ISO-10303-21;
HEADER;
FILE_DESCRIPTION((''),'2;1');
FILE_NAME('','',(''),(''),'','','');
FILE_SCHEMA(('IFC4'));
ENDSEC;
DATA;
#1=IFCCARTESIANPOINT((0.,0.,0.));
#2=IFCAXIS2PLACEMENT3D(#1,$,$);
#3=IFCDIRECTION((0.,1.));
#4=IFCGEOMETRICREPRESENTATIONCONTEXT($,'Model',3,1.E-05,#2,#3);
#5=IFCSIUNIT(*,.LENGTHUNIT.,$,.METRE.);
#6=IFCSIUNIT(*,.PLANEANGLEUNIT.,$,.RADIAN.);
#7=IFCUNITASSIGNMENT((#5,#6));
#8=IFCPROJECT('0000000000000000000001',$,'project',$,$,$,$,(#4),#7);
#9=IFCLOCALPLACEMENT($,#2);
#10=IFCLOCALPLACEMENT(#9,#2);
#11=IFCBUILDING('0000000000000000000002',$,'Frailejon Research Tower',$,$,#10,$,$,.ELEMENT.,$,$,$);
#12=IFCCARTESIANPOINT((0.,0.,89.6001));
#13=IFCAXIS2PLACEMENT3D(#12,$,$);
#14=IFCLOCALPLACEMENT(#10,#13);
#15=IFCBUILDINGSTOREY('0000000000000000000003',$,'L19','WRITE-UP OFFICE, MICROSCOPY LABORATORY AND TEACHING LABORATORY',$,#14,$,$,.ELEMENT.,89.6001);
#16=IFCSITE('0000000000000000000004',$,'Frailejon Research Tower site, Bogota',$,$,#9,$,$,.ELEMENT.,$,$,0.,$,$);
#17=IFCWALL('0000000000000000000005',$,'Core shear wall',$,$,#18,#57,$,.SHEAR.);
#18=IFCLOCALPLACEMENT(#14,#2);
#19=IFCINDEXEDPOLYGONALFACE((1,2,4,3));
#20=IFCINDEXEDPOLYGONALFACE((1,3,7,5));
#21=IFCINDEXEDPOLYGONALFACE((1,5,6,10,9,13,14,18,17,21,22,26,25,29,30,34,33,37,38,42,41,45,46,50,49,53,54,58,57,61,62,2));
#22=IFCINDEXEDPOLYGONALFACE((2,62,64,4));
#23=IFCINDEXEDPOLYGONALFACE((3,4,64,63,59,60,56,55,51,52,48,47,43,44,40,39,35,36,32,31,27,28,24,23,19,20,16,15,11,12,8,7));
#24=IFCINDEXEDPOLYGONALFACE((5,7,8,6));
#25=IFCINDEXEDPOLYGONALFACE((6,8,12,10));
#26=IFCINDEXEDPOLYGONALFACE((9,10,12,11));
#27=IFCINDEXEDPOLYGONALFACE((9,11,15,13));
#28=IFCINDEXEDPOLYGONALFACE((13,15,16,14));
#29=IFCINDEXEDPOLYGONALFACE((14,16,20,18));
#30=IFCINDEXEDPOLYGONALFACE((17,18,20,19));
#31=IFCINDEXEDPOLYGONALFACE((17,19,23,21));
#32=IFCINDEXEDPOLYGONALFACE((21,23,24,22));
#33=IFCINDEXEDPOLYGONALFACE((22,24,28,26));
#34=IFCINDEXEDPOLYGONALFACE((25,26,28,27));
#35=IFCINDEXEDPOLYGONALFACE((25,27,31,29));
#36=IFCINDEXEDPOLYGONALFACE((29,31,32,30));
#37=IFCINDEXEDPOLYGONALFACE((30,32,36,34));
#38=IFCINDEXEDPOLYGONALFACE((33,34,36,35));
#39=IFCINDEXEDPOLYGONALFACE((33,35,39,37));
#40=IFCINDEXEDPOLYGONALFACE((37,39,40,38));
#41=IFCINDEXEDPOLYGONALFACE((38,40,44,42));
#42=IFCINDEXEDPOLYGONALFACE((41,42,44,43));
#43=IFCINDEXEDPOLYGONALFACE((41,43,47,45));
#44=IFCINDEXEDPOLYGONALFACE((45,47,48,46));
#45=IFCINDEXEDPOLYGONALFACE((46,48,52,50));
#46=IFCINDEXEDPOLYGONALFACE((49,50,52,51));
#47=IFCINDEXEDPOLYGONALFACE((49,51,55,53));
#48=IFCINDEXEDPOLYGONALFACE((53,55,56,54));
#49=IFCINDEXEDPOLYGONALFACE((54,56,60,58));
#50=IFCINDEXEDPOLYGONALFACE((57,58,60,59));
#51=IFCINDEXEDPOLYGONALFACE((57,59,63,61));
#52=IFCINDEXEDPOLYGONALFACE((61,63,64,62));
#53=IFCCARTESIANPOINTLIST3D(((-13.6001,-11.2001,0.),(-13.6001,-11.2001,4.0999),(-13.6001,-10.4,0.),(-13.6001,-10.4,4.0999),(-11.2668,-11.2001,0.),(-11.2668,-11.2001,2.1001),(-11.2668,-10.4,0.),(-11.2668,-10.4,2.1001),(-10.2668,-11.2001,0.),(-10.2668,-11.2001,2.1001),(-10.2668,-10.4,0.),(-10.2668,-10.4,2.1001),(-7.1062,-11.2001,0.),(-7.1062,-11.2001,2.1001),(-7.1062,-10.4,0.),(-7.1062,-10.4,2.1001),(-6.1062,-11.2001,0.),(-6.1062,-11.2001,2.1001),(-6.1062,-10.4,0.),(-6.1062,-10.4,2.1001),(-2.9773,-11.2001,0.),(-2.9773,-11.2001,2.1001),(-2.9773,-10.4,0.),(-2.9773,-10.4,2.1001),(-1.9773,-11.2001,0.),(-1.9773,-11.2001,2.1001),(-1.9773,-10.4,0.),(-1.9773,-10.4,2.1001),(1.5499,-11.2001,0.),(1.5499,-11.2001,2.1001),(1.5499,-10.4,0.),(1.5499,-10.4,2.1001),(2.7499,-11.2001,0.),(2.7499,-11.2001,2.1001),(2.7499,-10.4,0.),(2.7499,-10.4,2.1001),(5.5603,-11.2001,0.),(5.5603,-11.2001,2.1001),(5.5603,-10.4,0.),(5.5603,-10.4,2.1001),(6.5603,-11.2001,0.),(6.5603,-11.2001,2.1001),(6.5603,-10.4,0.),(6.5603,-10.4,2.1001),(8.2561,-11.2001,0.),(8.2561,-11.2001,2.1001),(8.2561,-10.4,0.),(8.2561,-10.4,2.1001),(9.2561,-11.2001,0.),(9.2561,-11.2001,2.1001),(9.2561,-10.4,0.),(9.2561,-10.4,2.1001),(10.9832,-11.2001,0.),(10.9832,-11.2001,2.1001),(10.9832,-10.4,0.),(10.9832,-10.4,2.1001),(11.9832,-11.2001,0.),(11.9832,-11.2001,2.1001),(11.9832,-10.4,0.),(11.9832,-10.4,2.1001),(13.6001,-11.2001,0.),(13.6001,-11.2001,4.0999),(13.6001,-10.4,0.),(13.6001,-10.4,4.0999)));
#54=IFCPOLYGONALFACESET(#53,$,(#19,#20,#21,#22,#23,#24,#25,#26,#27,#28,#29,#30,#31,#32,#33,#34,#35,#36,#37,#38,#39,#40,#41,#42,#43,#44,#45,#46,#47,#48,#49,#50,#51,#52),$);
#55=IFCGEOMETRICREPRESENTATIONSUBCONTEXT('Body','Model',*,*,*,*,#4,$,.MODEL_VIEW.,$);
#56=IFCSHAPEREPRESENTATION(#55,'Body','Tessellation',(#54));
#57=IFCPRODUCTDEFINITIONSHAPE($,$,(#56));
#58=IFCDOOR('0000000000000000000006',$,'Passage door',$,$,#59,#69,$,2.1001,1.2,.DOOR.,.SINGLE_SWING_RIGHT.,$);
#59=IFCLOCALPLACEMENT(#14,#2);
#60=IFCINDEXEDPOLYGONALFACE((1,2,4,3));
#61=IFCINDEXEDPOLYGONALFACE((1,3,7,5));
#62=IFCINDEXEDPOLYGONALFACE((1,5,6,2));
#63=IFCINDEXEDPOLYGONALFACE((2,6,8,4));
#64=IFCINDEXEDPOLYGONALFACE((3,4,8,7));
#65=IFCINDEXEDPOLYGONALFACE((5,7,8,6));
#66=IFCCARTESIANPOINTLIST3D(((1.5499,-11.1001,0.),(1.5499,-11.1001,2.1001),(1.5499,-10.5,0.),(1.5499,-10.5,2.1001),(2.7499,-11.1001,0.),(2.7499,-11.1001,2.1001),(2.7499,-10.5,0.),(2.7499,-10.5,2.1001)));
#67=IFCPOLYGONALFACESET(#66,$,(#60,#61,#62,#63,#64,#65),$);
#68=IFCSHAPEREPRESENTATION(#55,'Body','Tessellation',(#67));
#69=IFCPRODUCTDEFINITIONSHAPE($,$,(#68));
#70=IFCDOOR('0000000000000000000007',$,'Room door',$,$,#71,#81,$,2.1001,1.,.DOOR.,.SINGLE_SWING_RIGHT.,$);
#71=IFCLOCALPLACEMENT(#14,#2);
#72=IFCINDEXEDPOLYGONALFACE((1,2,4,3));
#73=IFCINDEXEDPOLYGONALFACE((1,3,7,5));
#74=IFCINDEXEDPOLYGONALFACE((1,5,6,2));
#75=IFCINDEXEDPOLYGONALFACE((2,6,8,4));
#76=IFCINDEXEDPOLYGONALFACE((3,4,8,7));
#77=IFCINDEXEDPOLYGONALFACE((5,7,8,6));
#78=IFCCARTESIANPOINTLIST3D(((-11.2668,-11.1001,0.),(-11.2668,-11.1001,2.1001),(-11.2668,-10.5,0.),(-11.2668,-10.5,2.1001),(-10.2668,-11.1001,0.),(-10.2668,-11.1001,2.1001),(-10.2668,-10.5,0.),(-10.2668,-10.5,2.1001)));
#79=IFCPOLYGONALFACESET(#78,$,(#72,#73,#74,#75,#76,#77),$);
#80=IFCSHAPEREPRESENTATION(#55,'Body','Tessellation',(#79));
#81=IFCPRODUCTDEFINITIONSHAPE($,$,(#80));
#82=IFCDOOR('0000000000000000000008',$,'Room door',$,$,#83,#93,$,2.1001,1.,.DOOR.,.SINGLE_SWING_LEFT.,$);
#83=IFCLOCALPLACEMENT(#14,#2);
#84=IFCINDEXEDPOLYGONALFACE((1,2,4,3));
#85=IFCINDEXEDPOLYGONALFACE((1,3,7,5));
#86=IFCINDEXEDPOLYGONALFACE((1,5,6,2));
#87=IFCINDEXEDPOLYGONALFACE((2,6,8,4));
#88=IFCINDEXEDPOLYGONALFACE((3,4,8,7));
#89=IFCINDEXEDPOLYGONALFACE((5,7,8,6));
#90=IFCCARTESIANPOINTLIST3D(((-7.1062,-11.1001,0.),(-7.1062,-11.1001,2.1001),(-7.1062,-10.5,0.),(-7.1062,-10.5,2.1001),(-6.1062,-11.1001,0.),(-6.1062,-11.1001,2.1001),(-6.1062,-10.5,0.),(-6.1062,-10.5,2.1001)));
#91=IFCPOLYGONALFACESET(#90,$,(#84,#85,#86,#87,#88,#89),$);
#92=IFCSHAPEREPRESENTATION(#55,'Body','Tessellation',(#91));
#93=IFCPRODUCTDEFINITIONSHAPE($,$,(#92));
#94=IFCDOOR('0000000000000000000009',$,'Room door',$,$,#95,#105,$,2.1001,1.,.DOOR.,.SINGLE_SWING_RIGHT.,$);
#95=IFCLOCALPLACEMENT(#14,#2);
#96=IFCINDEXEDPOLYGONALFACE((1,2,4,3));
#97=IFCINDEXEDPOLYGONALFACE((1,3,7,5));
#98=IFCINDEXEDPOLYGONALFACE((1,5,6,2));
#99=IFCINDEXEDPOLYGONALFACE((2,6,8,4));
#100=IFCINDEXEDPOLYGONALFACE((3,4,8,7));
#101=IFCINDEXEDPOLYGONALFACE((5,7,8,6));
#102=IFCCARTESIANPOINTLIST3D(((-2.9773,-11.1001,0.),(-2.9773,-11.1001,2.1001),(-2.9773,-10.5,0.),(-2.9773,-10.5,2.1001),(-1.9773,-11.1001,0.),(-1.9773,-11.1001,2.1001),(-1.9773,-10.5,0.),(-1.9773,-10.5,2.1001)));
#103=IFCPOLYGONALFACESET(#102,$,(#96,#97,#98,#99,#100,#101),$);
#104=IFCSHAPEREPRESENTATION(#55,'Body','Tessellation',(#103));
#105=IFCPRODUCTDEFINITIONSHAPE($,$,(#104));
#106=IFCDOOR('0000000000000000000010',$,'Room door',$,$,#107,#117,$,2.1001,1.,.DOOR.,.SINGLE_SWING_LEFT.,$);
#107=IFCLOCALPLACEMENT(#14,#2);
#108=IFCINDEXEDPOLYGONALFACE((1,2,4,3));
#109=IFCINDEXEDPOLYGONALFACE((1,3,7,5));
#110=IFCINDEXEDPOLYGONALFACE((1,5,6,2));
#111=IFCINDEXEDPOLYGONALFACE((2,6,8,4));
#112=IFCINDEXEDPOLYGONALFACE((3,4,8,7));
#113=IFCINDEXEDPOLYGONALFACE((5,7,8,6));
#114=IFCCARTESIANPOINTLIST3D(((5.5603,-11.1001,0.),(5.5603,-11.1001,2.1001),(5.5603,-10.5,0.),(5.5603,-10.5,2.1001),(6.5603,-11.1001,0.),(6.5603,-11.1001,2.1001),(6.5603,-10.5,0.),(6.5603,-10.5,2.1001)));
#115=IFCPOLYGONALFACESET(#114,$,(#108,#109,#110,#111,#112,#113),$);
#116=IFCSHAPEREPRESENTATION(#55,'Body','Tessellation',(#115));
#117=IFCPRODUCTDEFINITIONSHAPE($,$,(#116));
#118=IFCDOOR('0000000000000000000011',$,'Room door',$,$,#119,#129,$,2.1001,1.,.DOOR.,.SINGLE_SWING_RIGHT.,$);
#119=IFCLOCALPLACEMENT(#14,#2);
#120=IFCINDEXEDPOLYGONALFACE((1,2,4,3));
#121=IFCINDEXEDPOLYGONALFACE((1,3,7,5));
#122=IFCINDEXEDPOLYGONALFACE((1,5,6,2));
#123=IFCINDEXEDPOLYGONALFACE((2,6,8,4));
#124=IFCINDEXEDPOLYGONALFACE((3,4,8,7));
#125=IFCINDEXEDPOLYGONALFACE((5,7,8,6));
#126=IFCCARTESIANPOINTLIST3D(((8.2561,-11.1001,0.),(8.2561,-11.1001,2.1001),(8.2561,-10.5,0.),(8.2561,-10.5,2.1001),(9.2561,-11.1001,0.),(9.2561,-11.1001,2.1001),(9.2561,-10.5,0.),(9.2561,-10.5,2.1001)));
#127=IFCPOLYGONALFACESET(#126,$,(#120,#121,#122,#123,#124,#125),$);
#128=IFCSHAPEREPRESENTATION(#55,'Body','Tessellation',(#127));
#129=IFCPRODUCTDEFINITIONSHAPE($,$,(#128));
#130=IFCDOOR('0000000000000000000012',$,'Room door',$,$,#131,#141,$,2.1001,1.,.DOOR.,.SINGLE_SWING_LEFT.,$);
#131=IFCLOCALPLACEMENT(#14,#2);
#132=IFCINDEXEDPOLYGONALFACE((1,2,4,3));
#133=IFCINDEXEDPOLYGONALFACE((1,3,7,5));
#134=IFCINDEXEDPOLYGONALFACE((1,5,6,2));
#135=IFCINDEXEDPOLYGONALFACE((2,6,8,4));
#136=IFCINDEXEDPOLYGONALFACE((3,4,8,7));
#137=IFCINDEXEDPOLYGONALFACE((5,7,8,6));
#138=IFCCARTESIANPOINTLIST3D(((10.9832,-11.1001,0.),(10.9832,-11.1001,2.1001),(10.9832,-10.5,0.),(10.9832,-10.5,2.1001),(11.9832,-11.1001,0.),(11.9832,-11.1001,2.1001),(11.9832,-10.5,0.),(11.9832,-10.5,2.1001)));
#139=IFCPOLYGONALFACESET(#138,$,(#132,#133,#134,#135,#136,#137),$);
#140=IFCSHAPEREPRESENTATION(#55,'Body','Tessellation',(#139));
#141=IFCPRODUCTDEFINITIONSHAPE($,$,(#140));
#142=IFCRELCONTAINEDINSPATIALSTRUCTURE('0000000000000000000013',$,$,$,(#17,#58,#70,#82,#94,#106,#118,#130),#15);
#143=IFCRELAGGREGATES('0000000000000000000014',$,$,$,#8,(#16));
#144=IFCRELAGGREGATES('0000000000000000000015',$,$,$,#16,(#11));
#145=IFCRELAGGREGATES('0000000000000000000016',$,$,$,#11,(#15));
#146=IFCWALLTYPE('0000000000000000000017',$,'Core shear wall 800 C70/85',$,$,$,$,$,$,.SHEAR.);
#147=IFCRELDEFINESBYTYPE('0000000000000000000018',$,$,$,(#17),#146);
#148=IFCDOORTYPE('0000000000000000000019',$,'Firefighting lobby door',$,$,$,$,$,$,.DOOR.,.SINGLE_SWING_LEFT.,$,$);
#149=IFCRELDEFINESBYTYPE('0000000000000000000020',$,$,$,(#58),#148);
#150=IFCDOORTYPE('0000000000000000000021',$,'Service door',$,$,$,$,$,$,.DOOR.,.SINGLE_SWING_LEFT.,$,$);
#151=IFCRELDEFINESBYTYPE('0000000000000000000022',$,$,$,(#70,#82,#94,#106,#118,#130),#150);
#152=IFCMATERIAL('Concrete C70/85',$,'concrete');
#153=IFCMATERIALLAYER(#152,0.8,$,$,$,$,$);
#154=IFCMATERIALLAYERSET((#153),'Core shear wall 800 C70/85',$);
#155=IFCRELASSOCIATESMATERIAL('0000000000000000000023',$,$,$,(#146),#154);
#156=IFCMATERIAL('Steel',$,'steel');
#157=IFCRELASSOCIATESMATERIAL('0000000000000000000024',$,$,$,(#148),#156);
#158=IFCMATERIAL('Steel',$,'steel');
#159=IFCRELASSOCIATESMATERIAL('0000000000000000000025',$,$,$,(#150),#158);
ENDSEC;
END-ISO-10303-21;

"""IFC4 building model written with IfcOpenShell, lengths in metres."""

from ifc_helpers import new_model, si_unit, direction, frame, frame_2d, origin, place, context, subcontext, project, spatial, rectangle, extrude, material, layer, layer_set, type_object, element, fill, save


model = new_model("IFC4")

# Units and contexts
model_context = context("Model", 3, precision=1e-05, world=origin(), true_north=direction((0.0, 1.0)))
body_context = subcontext(model_context, "Body", "Model", "MODEL_VIEW")
ifc_project = project(units=[si_unit("LENGTHUNIT", "METRE"), si_unit("PLANEANGLEUNIT", "RADIAN")], contexts=[model_context])

# Site, building, storey
site_placement = place(None, origin())
site = spatial("IfcSite", under=ifc_project, at=site_placement, Name="Frailejon Research Tower site, Bogota", CompositionType="ELEMENT", RefElevation=0.0)
building_placement = place(site_placement, origin())
building = spatial("IfcBuilding", under=site, at=building_placement, Name="Frailejon Research Tower", CompositionType="ELEMENT")
storey_placement = place(building_placement, frame((0.0, 0.0, 89.6001)))
storey = spatial("IfcBuildingStorey", under=building, at=storey_placement, Name="L19", Description="WRITE-UP OFFICE, MICROSCOPY LABORATORY AND TEACHING LABORATORY", CompositionType="ELEMENT", Elevation=89.6001)

# Wall, openings, doors
ifc_material_1 = material(Name="Concrete C70/85", Category="concrete")
ifc_layer_1 = layer(ifc_material_1, 0.8)
ifc_layer_set_1 = layer_set([ifc_layer_1], Name="Core shear wall 800 C70/85")
wall_type_1 = type_object("IfcWallType", Name="Core shear wall 800 C70/85", PredefinedType="SHEAR", material=ifc_layer_set_1)
wall_1_placement = place(storey_placement, frame((-13.6001, -10.8, 0.0), z_axis=(0.0, 0.0, 1.0), x_axis=(1.0, 0.0, 0.0)))
wall_1 = element("IfcWall", 1, at=wall_1_placement, inside=storey, type_object=wall_type_1, Name="Core shear wall", PredefinedType="SHEAR", context=body_context, shape_type="SweptSolid", body=[
    extrude(rectangle(XDim=27.2002, YDim=0.8, at=frame_2d((13.6001, 0.0))), origin(), (0.0, 0.0, 1.0), 4.0999),
])
opening_1_placement = place(wall_1_placement, frame((2.3333, 0.0, 0.0)))
opening_1 = element("IfcOpeningElement", 2, at=opening_1_placement, cuts=wall_1, PredefinedType="OPENING", context=body_context, shape_type="SweptSolid", body=[
    extrude(rectangle(XDim=1.0, YDim=2.1001, at=frame_2d((0.5, 1.05))), frame((0.0, 0.4099, 0.0), z_axis=(0.0, -1.0, 0.0), x_axis=(1.0, 0.0, 0.0)), (0.0, 0.0, 1.0), 0.8201),
])
opening_2_placement = place(wall_1_placement, frame((6.4939, 0.0, 0.0)))
opening_2 = element("IfcOpeningElement", 3, at=opening_2_placement, cuts=wall_1, PredefinedType="OPENING", context=body_context, shape_type="SweptSolid", body=[
    extrude(rectangle(XDim=1.0, YDim=2.1001, at=frame_2d((0.5, 1.05))), frame((0.0, 0.4099, 0.0), z_axis=(0.0, -1.0, 0.0), x_axis=(1.0, 0.0, 0.0)), (0.0, 0.0, 1.0), 0.8201),
])
opening_3_placement = place(wall_1_placement, frame((10.6228, 0.0, 0.0)))
opening_3 = element("IfcOpeningElement", 4, at=opening_3_placement, cuts=wall_1, PredefinedType="OPENING", context=body_context, shape_type="SweptSolid", body=[
    extrude(rectangle(XDim=1.0, YDim=2.1001, at=frame_2d((0.5, 1.05))), frame((0.0, 0.4099, 0.0), z_axis=(0.0, -1.0, 0.0), x_axis=(1.0, 0.0, 0.0)), (0.0, 0.0, 1.0), 0.8201),
])
opening_4_placement = place(wall_1_placement, frame((19.1604, 0.0, 0.0)))
opening_4 = element("IfcOpeningElement", 5, at=opening_4_placement, cuts=wall_1, PredefinedType="OPENING", context=body_context, shape_type="SweptSolid", body=[
    extrude(rectangle(XDim=1.0, YDim=2.1001, at=frame_2d((0.5, 1.05))), frame((0.0, 0.4099, 0.0), z_axis=(0.0, -1.0, 0.0), x_axis=(1.0, 0.0, 0.0)), (0.0, 0.0, 1.0), 0.8201),
])
opening_5_placement = place(wall_1_placement, frame((21.8562, 0.0, 0.0)))
opening_5 = element("IfcOpeningElement", 6, at=opening_5_placement, cuts=wall_1, PredefinedType="OPENING", context=body_context, shape_type="SweptSolid", body=[
    extrude(rectangle(XDim=1.0, YDim=2.1001, at=frame_2d((0.5, 1.05))), frame((0.0, 0.4099, 0.0), z_axis=(0.0, -1.0, 0.0), x_axis=(1.0, 0.0, 0.0)), (0.0, 0.0, 1.0), 0.8201),
])
opening_6_placement = place(wall_1_placement, frame((24.5833, 0.0, 0.0)))
opening_6 = element("IfcOpeningElement", 7, at=opening_6_placement, cuts=wall_1, PredefinedType="OPENING", context=body_context, shape_type="SweptSolid", body=[
    extrude(rectangle(XDim=1.0, YDim=2.1001, at=frame_2d((0.5, 1.05))), frame((0.0, 0.4099, 0.0), z_axis=(0.0, -1.0, 0.0), x_axis=(1.0, 0.0, 0.0)), (0.0, 0.0, 1.0), 0.8201),
])
opening_7_placement = place(wall_1_placement, frame((15.1499, 0.0, 0.0)))
opening_7 = element("IfcOpeningElement", 8, at=opening_7_placement, cuts=wall_1, PredefinedType="OPENING", context=body_context, shape_type="SweptSolid", body=[
    extrude(rectangle(XDim=1.2, YDim=2.1001, at=frame_2d((0.6001, 1.05))), frame((0.0, 0.4099, 0.0), z_axis=(0.0, -1.0, 0.0), x_axis=(1.0, 0.0, 0.0)), (0.0, 0.0, 1.0), 0.8201),
])
ifc_material_2 = material(Name="Steel", Category="steel")
door_type_1 = type_object("IfcDoorType", Name="Firefighting lobby door", OperationType="SINGLE_SWING_LEFT", PredefinedType="DOOR", material=ifc_material_2)
door_1_placement = place(opening_7_placement, origin())
door_1 = element("IfcDoor", 9, at=door_1_placement, inside=storey, type_object=door_type_1, Name="Passage door", OperationType="SINGLE_SWING_RIGHT", OverallHeight=2.1001, OverallWidth=1.2, PredefinedType="DOOR", context=body_context, shape_type="SweptSolid", body=[
    extrude(rectangle(XDim=1.2, YDim=2.1001, at=frame_2d((0.6001, 1.05))), frame((0.0, 0.3, 0.0), z_axis=(0.0, -1.0, 0.0), x_axis=(1.0, 0.0, 0.0)), (0.0, 0.0, 1.0), 0.6001),
])
fill(opening_7, door_1)
ifc_material_3 = material(Name="Steel", Category="steel")
door_type_2 = type_object("IfcDoorType", Name="Service door", OperationType="SINGLE_SWING_LEFT", PredefinedType="DOOR", material=ifc_material_3)
door_2_placement = place(opening_1_placement, origin())
door_2 = element("IfcDoor", 10, at=door_2_placement, inside=storey, type_object=door_type_2, Name="Room door", OperationType="SINGLE_SWING_RIGHT", OverallHeight=2.1001, OverallWidth=1.0, PredefinedType="DOOR", context=body_context, shape_type="SweptSolid", body=[
    extrude(rectangle(XDim=1.0, YDim=2.1001, at=frame_2d((0.5, 1.05))), frame((0.0, 0.3, 0.0), z_axis=(0.0, -1.0, 0.0), x_axis=(1.0, 0.0, 0.0)), (0.0, 0.0, 1.0), 0.6001),
])
fill(opening_1, door_2)
door_3_placement = place(opening_2_placement, origin())
door_3 = element("IfcDoor", 11, at=door_3_placement, inside=storey, type_object=door_type_2, Name="Room door", OperationType="SINGLE_SWING_LEFT", OverallHeight=2.1001, OverallWidth=1.0, PredefinedType="DOOR", context=body_context, shape_type="SweptSolid", body=[
    extrude(rectangle(XDim=1.0, YDim=2.1001, at=frame_2d((0.5, 1.05))), frame((0.0, 0.3, 0.0), z_axis=(0.0, -1.0, 0.0), x_axis=(1.0, 0.0, 0.0)), (0.0, 0.0, 1.0), 0.6001),
])
fill(opening_2, door_3)
door_4_placement = place(opening_3_placement, origin())
door_4 = element("IfcDoor", 12, at=door_4_placement, inside=storey, type_object=door_type_2, Name="Room door", OperationType="SINGLE_SWING_RIGHT", OverallHeight=2.1001, OverallWidth=1.0, PredefinedType="DOOR", context=body_context, shape_type="SweptSolid", body=[
    extrude(rectangle(XDim=1.0, YDim=2.1001, at=frame_2d((0.5, 1.05))), frame((0.0, 0.3, 0.0), z_axis=(0.0, -1.0, 0.0), x_axis=(1.0, 0.0, 0.0)), (0.0, 0.0, 1.0), 0.6001),
])
fill(opening_3, door_4)
door_5_placement = place(opening_4_placement, origin())
door_5 = element("IfcDoor", 13, at=door_5_placement, inside=storey, type_object=door_type_2, Name="Room door", OperationType="SINGLE_SWING_LEFT", OverallHeight=2.1001, OverallWidth=1.0, PredefinedType="DOOR", context=body_context, shape_type="SweptSolid", body=[
    extrude(rectangle(XDim=1.0, YDim=2.1001, at=frame_2d((0.5, 1.05))), frame((0.0, 0.3, 0.0), z_axis=(0.0, -1.0, 0.0), x_axis=(1.0, 0.0, 0.0)), (0.0, 0.0, 1.0), 0.6001),
])
fill(opening_4, door_5)
door_6_placement = place(opening_5_placement, origin())
door_6 = element("IfcDoor", 14, at=door_6_placement, inside=storey, type_object=door_type_2, Name="Room door", OperationType="SINGLE_SWING_RIGHT", OverallHeight=2.1001, OverallWidth=1.0, PredefinedType="DOOR", context=body_context, shape_type="SweptSolid", body=[
    extrude(rectangle(XDim=1.0, YDim=2.1001, at=frame_2d((0.5, 1.05))), frame((0.0, 0.3, 0.0), z_axis=(0.0, -1.0, 0.0), x_axis=(1.0, 0.0, 0.0)), (0.0, 0.0, 1.0), 0.6001),
])
fill(opening_5, door_6)
door_7_placement = place(opening_6_placement, origin())
door_7 = element("IfcDoor", 15, at=door_7_placement, inside=storey, type_object=door_type_2, Name="Room door", OperationType="SINGLE_SWING_LEFT", OverallHeight=2.1001, OverallWidth=1.0, PredefinedType="DOOR", context=body_context, shape_type="SweptSolid", body=[
    extrude(rectangle(XDim=1.0, YDim=2.1001, at=frame_2d((0.5, 1.05))), frame((0.0, 0.3, 0.0), z_axis=(0.0, -1.0, 0.0), x_axis=(1.0, 0.0, 0.0)), (0.0, 0.0, 1.0), 0.6001),
])
fill(opening_6, door_7)

save(model, "model.ifc")
